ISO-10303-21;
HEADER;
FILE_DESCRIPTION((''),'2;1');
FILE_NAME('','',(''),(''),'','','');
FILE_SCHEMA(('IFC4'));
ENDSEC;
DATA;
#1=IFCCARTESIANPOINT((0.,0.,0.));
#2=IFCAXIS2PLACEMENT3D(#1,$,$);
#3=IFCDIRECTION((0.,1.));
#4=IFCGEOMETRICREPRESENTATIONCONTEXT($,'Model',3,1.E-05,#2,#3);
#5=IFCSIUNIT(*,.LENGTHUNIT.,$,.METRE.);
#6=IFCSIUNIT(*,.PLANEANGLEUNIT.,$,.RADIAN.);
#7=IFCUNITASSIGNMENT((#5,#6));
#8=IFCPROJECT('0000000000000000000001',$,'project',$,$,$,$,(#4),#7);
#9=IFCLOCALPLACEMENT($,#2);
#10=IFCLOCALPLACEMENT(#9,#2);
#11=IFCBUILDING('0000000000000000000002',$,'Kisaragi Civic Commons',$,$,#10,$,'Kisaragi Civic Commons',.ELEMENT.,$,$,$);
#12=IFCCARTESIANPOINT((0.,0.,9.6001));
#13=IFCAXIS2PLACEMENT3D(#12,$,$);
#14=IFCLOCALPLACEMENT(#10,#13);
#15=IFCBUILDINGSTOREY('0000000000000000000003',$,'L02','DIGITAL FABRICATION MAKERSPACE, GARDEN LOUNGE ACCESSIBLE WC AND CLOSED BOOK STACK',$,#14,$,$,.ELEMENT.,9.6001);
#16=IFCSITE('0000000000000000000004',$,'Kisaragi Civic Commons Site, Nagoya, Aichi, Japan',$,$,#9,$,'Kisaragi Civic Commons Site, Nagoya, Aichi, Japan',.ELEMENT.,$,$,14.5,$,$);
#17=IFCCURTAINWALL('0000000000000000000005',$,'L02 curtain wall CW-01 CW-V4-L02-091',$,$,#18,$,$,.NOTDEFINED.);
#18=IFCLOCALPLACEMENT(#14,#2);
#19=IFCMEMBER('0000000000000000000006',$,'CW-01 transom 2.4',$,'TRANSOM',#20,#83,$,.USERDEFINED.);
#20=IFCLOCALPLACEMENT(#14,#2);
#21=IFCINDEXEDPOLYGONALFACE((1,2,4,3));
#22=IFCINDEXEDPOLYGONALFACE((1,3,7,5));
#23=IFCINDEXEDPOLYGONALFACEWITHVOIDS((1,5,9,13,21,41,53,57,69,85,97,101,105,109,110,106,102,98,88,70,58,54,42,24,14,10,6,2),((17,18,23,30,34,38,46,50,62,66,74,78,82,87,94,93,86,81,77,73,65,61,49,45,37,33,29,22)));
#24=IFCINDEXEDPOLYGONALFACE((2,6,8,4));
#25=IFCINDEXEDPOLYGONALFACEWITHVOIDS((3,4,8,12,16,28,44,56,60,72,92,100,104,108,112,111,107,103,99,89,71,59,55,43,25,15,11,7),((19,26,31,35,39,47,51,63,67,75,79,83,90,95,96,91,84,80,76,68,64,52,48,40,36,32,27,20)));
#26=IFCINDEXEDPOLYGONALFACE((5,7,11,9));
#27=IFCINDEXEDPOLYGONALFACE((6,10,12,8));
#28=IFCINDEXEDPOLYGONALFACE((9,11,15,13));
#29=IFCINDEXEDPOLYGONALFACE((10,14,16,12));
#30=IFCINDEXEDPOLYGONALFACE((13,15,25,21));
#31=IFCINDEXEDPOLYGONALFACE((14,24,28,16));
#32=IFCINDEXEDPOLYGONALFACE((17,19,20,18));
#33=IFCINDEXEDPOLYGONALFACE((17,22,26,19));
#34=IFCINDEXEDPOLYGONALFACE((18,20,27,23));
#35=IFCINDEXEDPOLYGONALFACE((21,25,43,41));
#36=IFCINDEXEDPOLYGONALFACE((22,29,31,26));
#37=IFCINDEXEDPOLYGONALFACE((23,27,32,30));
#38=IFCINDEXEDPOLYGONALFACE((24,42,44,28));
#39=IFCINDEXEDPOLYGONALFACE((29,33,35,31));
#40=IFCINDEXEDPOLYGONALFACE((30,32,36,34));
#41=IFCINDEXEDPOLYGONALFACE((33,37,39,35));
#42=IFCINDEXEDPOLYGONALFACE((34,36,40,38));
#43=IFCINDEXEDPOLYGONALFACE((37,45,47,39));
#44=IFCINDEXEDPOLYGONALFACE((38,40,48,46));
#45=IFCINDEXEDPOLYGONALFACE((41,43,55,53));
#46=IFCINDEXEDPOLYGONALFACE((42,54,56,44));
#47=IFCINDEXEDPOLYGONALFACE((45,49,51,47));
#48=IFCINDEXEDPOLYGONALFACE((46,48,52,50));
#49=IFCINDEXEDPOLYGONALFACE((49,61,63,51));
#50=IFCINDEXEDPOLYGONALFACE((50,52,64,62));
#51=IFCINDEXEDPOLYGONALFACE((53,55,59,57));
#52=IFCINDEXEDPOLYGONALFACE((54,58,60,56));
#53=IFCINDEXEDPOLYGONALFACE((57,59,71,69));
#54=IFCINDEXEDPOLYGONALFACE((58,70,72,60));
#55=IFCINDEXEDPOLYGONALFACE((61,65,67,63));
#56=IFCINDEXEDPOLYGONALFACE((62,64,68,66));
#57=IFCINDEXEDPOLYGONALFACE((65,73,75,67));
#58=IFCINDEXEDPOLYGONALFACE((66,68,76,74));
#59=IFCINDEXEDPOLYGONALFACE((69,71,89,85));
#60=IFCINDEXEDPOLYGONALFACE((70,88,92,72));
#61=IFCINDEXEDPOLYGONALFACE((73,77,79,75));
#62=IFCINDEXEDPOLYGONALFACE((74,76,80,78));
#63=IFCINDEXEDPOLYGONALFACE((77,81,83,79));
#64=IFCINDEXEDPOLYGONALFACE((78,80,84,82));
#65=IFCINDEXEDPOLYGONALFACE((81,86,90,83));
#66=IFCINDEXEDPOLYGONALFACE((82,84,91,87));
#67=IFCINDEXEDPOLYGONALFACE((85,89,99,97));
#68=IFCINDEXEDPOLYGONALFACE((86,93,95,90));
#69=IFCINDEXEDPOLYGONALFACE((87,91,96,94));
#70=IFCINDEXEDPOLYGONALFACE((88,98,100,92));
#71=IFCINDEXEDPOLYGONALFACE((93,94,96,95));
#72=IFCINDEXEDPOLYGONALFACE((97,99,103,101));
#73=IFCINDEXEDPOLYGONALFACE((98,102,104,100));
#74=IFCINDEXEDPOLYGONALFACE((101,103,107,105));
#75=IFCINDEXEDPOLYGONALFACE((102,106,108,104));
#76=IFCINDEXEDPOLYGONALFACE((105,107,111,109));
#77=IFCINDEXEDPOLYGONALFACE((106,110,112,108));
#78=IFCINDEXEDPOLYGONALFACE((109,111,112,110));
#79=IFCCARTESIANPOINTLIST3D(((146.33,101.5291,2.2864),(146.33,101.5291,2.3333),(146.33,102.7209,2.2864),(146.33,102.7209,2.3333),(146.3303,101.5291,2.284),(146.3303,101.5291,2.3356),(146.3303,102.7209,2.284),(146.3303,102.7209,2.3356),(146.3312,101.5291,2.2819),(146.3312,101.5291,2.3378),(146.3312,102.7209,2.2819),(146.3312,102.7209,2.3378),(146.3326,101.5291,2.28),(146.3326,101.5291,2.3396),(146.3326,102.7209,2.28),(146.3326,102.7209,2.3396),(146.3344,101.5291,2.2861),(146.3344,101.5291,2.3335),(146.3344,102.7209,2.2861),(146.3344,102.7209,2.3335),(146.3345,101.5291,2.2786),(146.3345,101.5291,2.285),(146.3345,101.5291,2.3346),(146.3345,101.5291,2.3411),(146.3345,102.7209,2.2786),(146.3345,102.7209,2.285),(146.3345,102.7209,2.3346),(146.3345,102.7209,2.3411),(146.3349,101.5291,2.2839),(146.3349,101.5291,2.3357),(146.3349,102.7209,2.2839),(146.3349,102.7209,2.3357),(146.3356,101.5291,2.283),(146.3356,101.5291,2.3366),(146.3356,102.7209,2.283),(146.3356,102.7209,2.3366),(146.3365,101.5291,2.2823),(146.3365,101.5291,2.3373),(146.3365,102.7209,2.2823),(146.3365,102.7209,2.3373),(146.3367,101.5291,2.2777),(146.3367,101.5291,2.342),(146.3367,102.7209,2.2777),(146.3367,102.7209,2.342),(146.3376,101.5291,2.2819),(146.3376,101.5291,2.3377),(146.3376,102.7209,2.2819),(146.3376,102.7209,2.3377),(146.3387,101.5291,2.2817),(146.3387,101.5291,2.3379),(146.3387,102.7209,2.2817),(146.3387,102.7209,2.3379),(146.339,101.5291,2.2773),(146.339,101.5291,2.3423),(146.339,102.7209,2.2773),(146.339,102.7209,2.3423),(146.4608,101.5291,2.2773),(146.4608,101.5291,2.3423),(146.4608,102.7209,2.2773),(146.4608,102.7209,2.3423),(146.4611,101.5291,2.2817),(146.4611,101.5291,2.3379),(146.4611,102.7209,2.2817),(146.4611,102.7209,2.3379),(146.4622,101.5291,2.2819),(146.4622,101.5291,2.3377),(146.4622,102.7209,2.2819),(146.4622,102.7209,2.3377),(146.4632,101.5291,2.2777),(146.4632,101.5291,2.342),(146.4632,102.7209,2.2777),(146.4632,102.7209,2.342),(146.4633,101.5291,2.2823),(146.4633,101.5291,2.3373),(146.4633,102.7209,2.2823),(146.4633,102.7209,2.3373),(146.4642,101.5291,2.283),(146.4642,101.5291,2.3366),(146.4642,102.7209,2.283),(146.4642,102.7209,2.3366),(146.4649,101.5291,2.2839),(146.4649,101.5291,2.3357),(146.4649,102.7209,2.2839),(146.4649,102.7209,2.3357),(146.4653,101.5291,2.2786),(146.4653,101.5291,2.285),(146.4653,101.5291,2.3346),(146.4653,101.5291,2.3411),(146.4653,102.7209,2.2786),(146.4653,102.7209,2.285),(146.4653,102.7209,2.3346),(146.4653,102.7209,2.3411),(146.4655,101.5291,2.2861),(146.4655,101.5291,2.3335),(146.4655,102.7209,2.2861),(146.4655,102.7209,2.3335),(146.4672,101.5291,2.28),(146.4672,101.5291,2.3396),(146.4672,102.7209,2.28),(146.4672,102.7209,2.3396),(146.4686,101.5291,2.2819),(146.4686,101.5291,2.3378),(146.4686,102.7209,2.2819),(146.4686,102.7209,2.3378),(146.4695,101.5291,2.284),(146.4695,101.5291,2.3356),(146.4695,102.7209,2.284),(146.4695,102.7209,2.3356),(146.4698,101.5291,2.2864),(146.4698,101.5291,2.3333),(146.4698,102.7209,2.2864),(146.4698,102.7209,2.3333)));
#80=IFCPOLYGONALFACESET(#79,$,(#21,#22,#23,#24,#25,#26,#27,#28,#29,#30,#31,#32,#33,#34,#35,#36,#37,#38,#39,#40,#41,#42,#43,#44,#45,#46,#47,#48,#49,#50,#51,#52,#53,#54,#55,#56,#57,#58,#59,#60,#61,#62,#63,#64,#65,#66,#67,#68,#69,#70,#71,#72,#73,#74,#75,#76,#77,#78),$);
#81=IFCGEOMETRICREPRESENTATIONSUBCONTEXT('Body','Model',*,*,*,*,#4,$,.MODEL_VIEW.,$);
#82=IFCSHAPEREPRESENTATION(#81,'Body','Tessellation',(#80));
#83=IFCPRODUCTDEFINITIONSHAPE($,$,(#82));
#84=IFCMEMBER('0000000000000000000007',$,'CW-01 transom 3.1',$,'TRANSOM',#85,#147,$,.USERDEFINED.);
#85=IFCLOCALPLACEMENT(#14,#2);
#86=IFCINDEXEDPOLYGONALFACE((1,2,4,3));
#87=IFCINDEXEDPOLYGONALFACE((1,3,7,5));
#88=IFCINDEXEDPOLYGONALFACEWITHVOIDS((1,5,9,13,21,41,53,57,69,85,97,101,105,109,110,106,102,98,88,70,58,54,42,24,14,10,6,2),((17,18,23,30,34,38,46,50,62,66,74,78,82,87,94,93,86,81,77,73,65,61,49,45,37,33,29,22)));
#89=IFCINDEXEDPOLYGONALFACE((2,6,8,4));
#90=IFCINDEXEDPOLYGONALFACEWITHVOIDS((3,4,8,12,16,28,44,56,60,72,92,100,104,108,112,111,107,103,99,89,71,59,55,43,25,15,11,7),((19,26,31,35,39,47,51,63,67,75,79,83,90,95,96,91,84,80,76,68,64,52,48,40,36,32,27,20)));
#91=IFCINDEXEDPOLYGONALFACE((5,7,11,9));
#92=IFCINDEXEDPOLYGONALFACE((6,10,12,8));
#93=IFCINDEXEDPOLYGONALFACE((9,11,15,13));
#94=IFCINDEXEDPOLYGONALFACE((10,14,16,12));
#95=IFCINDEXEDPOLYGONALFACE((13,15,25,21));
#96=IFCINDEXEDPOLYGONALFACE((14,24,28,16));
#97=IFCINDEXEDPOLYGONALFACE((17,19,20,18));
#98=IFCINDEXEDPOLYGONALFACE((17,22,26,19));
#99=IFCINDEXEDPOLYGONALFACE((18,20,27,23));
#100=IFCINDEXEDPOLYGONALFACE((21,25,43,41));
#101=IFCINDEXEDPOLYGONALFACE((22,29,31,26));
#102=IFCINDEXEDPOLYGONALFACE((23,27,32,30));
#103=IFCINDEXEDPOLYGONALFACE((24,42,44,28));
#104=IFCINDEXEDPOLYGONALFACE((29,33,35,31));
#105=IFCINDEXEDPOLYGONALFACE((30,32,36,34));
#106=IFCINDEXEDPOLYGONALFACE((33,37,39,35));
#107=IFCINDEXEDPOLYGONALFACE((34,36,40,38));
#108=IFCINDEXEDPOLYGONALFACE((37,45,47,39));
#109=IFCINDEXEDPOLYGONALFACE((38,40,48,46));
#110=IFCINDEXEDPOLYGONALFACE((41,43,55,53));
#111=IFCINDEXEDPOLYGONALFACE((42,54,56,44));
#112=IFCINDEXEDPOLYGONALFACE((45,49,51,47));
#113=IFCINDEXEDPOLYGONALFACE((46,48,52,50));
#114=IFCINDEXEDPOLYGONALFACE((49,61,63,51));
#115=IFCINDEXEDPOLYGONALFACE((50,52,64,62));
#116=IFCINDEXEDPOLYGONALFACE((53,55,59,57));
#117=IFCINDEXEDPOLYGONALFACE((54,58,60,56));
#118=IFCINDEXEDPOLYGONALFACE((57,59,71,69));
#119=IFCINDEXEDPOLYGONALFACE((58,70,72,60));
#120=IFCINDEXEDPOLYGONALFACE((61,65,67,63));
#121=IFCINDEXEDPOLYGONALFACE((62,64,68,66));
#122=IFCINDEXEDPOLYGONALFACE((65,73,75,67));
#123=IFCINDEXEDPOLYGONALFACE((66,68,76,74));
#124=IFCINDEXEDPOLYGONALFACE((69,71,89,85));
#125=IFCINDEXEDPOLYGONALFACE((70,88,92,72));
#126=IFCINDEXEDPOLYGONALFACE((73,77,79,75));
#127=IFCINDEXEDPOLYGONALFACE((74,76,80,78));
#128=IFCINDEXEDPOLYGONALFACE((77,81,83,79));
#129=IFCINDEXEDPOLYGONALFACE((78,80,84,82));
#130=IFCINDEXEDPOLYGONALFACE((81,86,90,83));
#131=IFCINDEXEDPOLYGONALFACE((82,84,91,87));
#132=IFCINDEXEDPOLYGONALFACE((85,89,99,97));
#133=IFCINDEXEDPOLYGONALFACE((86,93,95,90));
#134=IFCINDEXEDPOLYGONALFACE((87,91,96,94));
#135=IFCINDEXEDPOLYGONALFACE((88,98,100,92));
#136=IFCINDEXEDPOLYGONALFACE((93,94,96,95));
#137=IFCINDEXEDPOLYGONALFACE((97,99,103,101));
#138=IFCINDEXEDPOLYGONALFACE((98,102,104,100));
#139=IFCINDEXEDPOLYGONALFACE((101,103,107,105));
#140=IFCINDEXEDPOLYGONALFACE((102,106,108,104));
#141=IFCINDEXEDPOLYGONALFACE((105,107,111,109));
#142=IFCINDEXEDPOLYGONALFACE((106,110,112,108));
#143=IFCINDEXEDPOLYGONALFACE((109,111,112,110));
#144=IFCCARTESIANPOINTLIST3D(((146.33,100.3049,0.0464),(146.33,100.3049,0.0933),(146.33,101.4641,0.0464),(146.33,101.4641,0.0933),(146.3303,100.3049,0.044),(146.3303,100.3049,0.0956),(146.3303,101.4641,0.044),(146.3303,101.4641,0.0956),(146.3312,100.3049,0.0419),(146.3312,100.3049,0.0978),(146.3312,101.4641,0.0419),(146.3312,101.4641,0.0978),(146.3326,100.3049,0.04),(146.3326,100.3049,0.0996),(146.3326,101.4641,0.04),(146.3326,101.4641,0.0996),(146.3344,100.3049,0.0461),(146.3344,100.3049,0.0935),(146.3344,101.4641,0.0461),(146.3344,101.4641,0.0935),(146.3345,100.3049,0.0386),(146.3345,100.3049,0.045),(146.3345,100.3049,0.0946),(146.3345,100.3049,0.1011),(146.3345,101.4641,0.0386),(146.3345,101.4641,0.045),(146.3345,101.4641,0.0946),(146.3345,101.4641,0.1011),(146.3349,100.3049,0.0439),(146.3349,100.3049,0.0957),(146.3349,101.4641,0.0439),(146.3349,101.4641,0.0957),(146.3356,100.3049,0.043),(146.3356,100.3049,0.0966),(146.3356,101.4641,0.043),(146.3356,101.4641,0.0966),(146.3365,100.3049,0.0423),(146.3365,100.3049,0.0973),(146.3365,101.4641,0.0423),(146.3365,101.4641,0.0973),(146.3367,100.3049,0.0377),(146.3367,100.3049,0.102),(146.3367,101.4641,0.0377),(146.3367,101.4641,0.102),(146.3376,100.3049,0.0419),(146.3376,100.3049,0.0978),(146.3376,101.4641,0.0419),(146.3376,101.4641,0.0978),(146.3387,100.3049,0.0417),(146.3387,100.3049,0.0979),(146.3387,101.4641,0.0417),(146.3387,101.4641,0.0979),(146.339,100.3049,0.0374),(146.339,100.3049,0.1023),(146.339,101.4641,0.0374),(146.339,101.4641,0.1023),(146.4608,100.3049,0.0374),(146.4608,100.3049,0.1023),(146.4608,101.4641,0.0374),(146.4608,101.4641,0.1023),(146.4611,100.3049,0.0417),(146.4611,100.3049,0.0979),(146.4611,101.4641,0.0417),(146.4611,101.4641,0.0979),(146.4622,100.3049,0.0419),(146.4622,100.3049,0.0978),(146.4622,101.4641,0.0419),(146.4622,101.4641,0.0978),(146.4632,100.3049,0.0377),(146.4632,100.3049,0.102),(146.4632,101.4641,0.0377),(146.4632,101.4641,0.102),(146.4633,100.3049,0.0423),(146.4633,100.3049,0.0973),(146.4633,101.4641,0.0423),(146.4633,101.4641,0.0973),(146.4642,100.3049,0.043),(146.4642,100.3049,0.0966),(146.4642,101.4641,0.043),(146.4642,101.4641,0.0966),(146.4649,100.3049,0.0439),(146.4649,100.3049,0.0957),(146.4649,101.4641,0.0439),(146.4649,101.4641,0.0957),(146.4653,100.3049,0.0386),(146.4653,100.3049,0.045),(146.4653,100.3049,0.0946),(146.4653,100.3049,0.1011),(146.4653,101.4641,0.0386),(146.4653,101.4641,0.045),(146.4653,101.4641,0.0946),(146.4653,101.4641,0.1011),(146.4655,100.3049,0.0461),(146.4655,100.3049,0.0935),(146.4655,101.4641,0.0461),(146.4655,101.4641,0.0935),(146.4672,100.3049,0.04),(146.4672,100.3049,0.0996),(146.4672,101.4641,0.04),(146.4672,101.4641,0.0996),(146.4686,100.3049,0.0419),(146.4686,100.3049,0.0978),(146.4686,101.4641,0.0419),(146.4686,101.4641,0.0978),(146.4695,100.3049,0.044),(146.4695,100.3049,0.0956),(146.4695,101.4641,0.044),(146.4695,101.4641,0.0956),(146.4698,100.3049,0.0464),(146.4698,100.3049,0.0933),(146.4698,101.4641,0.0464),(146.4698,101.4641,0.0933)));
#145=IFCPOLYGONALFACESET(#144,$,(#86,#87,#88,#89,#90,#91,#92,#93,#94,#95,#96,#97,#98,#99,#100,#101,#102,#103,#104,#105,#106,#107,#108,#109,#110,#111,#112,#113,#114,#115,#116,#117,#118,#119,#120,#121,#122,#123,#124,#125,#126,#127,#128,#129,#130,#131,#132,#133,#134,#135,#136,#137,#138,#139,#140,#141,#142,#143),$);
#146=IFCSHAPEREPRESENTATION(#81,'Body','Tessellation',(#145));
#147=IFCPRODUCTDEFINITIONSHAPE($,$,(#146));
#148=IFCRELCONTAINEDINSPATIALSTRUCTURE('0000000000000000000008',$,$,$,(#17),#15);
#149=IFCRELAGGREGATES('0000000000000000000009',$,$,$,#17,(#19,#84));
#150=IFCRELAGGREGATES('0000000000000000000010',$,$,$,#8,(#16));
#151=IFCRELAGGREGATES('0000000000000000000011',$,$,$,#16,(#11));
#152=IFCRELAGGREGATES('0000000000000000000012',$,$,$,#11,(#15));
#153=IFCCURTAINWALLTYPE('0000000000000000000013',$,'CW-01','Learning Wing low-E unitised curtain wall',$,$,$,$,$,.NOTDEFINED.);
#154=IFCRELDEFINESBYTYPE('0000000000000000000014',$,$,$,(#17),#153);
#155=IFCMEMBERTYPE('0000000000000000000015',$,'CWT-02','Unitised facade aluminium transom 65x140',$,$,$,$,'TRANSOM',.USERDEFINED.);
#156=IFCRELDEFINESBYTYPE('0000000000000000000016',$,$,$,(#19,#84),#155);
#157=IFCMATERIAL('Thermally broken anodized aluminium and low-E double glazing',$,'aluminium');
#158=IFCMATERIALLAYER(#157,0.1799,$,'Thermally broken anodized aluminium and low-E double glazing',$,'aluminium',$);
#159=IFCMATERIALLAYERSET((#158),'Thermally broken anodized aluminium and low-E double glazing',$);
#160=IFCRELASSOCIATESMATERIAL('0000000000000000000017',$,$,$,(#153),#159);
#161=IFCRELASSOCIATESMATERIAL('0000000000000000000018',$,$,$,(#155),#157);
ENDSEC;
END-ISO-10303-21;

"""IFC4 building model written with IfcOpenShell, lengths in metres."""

from ifc_helpers import new_model, si_unit, direction, frame, origin, origin_2d, place, context, subcontext, project, spatial, hollow_rectangle, extrude, material, layer, layer_set, material_profile, profile_set, type_object, element, aggregate, save


model = new_model("IFC4")

# Units and contexts
model_context = context("Model", 3, precision=1e-05, world=origin(), true_north=direction((0.0, 1.0)))
body_context = subcontext(model_context, "Body", "Model", "MODEL_VIEW")
ifc_project = project(units=[si_unit("LENGTHUNIT", "METRE"), si_unit("PLANEANGLEUNIT", "RADIAN")], contexts=[model_context])

# Site, building, storey
site_placement = place(None, origin())
site = spatial("IfcSite", under=ifc_project, at=site_placement, Name="Kisaragi Civic Commons Site, Nagoya, Aichi, Japan", LongName="Kisaragi Civic Commons Site, Nagoya, Aichi, Japan", CompositionType="ELEMENT", RefElevation=14.5)
building_placement = place(site_placement, origin())
building = spatial("IfcBuilding", under=site, at=building_placement, Name="Kisaragi Civic Commons", LongName="Kisaragi Civic Commons", CompositionType="ELEMENT")
storey_placement = place(building_placement, frame((0.0, 0.0, 9.6001)))
storey = spatial("IfcBuildingStorey", under=building, at=storey_placement, Name="L02", Description="DIGITAL FABRICATION MAKERSPACE, GARDEN LOUNGE ACCESSIBLE WC AND CLOSED BOOK STACK", CompositionType="ELEMENT", Elevation=9.6001)

# Curtain wall
ifc_material_1 = material(Name="Thermally broken anodized aluminium and low-E double glazing", Category="aluminium")
ifc_layer_1 = layer(ifc_material_1, 0.1799, Name="Thermally broken anodized aluminium and low-E double glazing", Category="aluminium")
ifc_layer_set_1 = layer_set([ifc_layer_1], Name="Thermally broken anodized aluminium and low-E double glazing")
curtain_wall_type = type_object("IfcCurtainWallType", Name="CW-01", Description="Learning Wing low-E unitised curtain wall", PredefinedType="NOTDEFINED", material=ifc_layer_set_1)
curtain_wall_1_placement = place(storey_placement, origin())
curtain_wall_1 = element("IfcCurtainWall", 1, at=curtain_wall_1_placement, inside=storey, type_object=curtain_wall_type, Name="L02 curtain wall CW-01 CW-V4-L02-091", PredefinedType="NOTDEFINED")

# Members
ifc_material_profile_1 = material_profile(ifc_material_1, hollow_rectangle(XDim=0.1399, YDim=0.0649, WallThickness=0.0044, InnerFilletRadius=0.0044, OuterFilletRadius=0.009, at=origin_2d()), Name="CWT-65x140x4.5", Category="aluminium")
ifc_profile_set_1 = profile_set([ifc_material_profile_1], Name="Thermally broken anodized aluminium and low-E double glazing")
member_type_1 = type_object("IfcMemberType", Name="CWT-02", Description="Unitised facade aluminium transom 65x140", ElementType="TRANSOM", PredefinedType="USERDEFINED", material=ifc_profile_set_1)
member_1_placement = place(storey_placement, frame((146.3999, 102.7209, 2.3098), z_axis=(0.0, -1.0, 0.0), x_axis=(1.0, 0.0, 0.0)))
member_1 = element("IfcMember", 2, at=member_1_placement, type_object=member_type_1, Name="CW-01 transom 2.4", ObjectType="TRANSOM", PredefinedType="USERDEFINED", context=body_context, shape_type="SweptSolid", body=[
    extrude(hollow_rectangle(XDim=0.1399, YDim=0.0649, WallThickness=0.0044, InnerFilletRadius=0.0044, OuterFilletRadius=0.009, at=origin_2d()), origin(), (0.0, 0.0, 1.0), 1.1919),
])
member_2_placement = place(storey_placement, frame((146.3999, 101.4641, 0.0698), z_axis=(0.0, -1.0, 0.0), x_axis=(1.0, 0.0, 0.0)))
member_2 = element("IfcMember", 3, at=member_2_placement, type_object=member_type_1, Name="CW-01 transom 3.1", ObjectType="TRANSOM", PredefinedType="USERDEFINED", context=body_context, shape_type="SweptSolid", body=[
    extrude(hollow_rectangle(XDim=0.1399, YDim=0.0649, WallThickness=0.0044, InnerFilletRadius=0.0044, OuterFilletRadius=0.009, at=origin_2d()), origin(), (0.0, 0.0, 1.0), 1.1592),
])

aggregate(curtain_wall_1, [member_1, member_2])

save(model, "model.ifc")
